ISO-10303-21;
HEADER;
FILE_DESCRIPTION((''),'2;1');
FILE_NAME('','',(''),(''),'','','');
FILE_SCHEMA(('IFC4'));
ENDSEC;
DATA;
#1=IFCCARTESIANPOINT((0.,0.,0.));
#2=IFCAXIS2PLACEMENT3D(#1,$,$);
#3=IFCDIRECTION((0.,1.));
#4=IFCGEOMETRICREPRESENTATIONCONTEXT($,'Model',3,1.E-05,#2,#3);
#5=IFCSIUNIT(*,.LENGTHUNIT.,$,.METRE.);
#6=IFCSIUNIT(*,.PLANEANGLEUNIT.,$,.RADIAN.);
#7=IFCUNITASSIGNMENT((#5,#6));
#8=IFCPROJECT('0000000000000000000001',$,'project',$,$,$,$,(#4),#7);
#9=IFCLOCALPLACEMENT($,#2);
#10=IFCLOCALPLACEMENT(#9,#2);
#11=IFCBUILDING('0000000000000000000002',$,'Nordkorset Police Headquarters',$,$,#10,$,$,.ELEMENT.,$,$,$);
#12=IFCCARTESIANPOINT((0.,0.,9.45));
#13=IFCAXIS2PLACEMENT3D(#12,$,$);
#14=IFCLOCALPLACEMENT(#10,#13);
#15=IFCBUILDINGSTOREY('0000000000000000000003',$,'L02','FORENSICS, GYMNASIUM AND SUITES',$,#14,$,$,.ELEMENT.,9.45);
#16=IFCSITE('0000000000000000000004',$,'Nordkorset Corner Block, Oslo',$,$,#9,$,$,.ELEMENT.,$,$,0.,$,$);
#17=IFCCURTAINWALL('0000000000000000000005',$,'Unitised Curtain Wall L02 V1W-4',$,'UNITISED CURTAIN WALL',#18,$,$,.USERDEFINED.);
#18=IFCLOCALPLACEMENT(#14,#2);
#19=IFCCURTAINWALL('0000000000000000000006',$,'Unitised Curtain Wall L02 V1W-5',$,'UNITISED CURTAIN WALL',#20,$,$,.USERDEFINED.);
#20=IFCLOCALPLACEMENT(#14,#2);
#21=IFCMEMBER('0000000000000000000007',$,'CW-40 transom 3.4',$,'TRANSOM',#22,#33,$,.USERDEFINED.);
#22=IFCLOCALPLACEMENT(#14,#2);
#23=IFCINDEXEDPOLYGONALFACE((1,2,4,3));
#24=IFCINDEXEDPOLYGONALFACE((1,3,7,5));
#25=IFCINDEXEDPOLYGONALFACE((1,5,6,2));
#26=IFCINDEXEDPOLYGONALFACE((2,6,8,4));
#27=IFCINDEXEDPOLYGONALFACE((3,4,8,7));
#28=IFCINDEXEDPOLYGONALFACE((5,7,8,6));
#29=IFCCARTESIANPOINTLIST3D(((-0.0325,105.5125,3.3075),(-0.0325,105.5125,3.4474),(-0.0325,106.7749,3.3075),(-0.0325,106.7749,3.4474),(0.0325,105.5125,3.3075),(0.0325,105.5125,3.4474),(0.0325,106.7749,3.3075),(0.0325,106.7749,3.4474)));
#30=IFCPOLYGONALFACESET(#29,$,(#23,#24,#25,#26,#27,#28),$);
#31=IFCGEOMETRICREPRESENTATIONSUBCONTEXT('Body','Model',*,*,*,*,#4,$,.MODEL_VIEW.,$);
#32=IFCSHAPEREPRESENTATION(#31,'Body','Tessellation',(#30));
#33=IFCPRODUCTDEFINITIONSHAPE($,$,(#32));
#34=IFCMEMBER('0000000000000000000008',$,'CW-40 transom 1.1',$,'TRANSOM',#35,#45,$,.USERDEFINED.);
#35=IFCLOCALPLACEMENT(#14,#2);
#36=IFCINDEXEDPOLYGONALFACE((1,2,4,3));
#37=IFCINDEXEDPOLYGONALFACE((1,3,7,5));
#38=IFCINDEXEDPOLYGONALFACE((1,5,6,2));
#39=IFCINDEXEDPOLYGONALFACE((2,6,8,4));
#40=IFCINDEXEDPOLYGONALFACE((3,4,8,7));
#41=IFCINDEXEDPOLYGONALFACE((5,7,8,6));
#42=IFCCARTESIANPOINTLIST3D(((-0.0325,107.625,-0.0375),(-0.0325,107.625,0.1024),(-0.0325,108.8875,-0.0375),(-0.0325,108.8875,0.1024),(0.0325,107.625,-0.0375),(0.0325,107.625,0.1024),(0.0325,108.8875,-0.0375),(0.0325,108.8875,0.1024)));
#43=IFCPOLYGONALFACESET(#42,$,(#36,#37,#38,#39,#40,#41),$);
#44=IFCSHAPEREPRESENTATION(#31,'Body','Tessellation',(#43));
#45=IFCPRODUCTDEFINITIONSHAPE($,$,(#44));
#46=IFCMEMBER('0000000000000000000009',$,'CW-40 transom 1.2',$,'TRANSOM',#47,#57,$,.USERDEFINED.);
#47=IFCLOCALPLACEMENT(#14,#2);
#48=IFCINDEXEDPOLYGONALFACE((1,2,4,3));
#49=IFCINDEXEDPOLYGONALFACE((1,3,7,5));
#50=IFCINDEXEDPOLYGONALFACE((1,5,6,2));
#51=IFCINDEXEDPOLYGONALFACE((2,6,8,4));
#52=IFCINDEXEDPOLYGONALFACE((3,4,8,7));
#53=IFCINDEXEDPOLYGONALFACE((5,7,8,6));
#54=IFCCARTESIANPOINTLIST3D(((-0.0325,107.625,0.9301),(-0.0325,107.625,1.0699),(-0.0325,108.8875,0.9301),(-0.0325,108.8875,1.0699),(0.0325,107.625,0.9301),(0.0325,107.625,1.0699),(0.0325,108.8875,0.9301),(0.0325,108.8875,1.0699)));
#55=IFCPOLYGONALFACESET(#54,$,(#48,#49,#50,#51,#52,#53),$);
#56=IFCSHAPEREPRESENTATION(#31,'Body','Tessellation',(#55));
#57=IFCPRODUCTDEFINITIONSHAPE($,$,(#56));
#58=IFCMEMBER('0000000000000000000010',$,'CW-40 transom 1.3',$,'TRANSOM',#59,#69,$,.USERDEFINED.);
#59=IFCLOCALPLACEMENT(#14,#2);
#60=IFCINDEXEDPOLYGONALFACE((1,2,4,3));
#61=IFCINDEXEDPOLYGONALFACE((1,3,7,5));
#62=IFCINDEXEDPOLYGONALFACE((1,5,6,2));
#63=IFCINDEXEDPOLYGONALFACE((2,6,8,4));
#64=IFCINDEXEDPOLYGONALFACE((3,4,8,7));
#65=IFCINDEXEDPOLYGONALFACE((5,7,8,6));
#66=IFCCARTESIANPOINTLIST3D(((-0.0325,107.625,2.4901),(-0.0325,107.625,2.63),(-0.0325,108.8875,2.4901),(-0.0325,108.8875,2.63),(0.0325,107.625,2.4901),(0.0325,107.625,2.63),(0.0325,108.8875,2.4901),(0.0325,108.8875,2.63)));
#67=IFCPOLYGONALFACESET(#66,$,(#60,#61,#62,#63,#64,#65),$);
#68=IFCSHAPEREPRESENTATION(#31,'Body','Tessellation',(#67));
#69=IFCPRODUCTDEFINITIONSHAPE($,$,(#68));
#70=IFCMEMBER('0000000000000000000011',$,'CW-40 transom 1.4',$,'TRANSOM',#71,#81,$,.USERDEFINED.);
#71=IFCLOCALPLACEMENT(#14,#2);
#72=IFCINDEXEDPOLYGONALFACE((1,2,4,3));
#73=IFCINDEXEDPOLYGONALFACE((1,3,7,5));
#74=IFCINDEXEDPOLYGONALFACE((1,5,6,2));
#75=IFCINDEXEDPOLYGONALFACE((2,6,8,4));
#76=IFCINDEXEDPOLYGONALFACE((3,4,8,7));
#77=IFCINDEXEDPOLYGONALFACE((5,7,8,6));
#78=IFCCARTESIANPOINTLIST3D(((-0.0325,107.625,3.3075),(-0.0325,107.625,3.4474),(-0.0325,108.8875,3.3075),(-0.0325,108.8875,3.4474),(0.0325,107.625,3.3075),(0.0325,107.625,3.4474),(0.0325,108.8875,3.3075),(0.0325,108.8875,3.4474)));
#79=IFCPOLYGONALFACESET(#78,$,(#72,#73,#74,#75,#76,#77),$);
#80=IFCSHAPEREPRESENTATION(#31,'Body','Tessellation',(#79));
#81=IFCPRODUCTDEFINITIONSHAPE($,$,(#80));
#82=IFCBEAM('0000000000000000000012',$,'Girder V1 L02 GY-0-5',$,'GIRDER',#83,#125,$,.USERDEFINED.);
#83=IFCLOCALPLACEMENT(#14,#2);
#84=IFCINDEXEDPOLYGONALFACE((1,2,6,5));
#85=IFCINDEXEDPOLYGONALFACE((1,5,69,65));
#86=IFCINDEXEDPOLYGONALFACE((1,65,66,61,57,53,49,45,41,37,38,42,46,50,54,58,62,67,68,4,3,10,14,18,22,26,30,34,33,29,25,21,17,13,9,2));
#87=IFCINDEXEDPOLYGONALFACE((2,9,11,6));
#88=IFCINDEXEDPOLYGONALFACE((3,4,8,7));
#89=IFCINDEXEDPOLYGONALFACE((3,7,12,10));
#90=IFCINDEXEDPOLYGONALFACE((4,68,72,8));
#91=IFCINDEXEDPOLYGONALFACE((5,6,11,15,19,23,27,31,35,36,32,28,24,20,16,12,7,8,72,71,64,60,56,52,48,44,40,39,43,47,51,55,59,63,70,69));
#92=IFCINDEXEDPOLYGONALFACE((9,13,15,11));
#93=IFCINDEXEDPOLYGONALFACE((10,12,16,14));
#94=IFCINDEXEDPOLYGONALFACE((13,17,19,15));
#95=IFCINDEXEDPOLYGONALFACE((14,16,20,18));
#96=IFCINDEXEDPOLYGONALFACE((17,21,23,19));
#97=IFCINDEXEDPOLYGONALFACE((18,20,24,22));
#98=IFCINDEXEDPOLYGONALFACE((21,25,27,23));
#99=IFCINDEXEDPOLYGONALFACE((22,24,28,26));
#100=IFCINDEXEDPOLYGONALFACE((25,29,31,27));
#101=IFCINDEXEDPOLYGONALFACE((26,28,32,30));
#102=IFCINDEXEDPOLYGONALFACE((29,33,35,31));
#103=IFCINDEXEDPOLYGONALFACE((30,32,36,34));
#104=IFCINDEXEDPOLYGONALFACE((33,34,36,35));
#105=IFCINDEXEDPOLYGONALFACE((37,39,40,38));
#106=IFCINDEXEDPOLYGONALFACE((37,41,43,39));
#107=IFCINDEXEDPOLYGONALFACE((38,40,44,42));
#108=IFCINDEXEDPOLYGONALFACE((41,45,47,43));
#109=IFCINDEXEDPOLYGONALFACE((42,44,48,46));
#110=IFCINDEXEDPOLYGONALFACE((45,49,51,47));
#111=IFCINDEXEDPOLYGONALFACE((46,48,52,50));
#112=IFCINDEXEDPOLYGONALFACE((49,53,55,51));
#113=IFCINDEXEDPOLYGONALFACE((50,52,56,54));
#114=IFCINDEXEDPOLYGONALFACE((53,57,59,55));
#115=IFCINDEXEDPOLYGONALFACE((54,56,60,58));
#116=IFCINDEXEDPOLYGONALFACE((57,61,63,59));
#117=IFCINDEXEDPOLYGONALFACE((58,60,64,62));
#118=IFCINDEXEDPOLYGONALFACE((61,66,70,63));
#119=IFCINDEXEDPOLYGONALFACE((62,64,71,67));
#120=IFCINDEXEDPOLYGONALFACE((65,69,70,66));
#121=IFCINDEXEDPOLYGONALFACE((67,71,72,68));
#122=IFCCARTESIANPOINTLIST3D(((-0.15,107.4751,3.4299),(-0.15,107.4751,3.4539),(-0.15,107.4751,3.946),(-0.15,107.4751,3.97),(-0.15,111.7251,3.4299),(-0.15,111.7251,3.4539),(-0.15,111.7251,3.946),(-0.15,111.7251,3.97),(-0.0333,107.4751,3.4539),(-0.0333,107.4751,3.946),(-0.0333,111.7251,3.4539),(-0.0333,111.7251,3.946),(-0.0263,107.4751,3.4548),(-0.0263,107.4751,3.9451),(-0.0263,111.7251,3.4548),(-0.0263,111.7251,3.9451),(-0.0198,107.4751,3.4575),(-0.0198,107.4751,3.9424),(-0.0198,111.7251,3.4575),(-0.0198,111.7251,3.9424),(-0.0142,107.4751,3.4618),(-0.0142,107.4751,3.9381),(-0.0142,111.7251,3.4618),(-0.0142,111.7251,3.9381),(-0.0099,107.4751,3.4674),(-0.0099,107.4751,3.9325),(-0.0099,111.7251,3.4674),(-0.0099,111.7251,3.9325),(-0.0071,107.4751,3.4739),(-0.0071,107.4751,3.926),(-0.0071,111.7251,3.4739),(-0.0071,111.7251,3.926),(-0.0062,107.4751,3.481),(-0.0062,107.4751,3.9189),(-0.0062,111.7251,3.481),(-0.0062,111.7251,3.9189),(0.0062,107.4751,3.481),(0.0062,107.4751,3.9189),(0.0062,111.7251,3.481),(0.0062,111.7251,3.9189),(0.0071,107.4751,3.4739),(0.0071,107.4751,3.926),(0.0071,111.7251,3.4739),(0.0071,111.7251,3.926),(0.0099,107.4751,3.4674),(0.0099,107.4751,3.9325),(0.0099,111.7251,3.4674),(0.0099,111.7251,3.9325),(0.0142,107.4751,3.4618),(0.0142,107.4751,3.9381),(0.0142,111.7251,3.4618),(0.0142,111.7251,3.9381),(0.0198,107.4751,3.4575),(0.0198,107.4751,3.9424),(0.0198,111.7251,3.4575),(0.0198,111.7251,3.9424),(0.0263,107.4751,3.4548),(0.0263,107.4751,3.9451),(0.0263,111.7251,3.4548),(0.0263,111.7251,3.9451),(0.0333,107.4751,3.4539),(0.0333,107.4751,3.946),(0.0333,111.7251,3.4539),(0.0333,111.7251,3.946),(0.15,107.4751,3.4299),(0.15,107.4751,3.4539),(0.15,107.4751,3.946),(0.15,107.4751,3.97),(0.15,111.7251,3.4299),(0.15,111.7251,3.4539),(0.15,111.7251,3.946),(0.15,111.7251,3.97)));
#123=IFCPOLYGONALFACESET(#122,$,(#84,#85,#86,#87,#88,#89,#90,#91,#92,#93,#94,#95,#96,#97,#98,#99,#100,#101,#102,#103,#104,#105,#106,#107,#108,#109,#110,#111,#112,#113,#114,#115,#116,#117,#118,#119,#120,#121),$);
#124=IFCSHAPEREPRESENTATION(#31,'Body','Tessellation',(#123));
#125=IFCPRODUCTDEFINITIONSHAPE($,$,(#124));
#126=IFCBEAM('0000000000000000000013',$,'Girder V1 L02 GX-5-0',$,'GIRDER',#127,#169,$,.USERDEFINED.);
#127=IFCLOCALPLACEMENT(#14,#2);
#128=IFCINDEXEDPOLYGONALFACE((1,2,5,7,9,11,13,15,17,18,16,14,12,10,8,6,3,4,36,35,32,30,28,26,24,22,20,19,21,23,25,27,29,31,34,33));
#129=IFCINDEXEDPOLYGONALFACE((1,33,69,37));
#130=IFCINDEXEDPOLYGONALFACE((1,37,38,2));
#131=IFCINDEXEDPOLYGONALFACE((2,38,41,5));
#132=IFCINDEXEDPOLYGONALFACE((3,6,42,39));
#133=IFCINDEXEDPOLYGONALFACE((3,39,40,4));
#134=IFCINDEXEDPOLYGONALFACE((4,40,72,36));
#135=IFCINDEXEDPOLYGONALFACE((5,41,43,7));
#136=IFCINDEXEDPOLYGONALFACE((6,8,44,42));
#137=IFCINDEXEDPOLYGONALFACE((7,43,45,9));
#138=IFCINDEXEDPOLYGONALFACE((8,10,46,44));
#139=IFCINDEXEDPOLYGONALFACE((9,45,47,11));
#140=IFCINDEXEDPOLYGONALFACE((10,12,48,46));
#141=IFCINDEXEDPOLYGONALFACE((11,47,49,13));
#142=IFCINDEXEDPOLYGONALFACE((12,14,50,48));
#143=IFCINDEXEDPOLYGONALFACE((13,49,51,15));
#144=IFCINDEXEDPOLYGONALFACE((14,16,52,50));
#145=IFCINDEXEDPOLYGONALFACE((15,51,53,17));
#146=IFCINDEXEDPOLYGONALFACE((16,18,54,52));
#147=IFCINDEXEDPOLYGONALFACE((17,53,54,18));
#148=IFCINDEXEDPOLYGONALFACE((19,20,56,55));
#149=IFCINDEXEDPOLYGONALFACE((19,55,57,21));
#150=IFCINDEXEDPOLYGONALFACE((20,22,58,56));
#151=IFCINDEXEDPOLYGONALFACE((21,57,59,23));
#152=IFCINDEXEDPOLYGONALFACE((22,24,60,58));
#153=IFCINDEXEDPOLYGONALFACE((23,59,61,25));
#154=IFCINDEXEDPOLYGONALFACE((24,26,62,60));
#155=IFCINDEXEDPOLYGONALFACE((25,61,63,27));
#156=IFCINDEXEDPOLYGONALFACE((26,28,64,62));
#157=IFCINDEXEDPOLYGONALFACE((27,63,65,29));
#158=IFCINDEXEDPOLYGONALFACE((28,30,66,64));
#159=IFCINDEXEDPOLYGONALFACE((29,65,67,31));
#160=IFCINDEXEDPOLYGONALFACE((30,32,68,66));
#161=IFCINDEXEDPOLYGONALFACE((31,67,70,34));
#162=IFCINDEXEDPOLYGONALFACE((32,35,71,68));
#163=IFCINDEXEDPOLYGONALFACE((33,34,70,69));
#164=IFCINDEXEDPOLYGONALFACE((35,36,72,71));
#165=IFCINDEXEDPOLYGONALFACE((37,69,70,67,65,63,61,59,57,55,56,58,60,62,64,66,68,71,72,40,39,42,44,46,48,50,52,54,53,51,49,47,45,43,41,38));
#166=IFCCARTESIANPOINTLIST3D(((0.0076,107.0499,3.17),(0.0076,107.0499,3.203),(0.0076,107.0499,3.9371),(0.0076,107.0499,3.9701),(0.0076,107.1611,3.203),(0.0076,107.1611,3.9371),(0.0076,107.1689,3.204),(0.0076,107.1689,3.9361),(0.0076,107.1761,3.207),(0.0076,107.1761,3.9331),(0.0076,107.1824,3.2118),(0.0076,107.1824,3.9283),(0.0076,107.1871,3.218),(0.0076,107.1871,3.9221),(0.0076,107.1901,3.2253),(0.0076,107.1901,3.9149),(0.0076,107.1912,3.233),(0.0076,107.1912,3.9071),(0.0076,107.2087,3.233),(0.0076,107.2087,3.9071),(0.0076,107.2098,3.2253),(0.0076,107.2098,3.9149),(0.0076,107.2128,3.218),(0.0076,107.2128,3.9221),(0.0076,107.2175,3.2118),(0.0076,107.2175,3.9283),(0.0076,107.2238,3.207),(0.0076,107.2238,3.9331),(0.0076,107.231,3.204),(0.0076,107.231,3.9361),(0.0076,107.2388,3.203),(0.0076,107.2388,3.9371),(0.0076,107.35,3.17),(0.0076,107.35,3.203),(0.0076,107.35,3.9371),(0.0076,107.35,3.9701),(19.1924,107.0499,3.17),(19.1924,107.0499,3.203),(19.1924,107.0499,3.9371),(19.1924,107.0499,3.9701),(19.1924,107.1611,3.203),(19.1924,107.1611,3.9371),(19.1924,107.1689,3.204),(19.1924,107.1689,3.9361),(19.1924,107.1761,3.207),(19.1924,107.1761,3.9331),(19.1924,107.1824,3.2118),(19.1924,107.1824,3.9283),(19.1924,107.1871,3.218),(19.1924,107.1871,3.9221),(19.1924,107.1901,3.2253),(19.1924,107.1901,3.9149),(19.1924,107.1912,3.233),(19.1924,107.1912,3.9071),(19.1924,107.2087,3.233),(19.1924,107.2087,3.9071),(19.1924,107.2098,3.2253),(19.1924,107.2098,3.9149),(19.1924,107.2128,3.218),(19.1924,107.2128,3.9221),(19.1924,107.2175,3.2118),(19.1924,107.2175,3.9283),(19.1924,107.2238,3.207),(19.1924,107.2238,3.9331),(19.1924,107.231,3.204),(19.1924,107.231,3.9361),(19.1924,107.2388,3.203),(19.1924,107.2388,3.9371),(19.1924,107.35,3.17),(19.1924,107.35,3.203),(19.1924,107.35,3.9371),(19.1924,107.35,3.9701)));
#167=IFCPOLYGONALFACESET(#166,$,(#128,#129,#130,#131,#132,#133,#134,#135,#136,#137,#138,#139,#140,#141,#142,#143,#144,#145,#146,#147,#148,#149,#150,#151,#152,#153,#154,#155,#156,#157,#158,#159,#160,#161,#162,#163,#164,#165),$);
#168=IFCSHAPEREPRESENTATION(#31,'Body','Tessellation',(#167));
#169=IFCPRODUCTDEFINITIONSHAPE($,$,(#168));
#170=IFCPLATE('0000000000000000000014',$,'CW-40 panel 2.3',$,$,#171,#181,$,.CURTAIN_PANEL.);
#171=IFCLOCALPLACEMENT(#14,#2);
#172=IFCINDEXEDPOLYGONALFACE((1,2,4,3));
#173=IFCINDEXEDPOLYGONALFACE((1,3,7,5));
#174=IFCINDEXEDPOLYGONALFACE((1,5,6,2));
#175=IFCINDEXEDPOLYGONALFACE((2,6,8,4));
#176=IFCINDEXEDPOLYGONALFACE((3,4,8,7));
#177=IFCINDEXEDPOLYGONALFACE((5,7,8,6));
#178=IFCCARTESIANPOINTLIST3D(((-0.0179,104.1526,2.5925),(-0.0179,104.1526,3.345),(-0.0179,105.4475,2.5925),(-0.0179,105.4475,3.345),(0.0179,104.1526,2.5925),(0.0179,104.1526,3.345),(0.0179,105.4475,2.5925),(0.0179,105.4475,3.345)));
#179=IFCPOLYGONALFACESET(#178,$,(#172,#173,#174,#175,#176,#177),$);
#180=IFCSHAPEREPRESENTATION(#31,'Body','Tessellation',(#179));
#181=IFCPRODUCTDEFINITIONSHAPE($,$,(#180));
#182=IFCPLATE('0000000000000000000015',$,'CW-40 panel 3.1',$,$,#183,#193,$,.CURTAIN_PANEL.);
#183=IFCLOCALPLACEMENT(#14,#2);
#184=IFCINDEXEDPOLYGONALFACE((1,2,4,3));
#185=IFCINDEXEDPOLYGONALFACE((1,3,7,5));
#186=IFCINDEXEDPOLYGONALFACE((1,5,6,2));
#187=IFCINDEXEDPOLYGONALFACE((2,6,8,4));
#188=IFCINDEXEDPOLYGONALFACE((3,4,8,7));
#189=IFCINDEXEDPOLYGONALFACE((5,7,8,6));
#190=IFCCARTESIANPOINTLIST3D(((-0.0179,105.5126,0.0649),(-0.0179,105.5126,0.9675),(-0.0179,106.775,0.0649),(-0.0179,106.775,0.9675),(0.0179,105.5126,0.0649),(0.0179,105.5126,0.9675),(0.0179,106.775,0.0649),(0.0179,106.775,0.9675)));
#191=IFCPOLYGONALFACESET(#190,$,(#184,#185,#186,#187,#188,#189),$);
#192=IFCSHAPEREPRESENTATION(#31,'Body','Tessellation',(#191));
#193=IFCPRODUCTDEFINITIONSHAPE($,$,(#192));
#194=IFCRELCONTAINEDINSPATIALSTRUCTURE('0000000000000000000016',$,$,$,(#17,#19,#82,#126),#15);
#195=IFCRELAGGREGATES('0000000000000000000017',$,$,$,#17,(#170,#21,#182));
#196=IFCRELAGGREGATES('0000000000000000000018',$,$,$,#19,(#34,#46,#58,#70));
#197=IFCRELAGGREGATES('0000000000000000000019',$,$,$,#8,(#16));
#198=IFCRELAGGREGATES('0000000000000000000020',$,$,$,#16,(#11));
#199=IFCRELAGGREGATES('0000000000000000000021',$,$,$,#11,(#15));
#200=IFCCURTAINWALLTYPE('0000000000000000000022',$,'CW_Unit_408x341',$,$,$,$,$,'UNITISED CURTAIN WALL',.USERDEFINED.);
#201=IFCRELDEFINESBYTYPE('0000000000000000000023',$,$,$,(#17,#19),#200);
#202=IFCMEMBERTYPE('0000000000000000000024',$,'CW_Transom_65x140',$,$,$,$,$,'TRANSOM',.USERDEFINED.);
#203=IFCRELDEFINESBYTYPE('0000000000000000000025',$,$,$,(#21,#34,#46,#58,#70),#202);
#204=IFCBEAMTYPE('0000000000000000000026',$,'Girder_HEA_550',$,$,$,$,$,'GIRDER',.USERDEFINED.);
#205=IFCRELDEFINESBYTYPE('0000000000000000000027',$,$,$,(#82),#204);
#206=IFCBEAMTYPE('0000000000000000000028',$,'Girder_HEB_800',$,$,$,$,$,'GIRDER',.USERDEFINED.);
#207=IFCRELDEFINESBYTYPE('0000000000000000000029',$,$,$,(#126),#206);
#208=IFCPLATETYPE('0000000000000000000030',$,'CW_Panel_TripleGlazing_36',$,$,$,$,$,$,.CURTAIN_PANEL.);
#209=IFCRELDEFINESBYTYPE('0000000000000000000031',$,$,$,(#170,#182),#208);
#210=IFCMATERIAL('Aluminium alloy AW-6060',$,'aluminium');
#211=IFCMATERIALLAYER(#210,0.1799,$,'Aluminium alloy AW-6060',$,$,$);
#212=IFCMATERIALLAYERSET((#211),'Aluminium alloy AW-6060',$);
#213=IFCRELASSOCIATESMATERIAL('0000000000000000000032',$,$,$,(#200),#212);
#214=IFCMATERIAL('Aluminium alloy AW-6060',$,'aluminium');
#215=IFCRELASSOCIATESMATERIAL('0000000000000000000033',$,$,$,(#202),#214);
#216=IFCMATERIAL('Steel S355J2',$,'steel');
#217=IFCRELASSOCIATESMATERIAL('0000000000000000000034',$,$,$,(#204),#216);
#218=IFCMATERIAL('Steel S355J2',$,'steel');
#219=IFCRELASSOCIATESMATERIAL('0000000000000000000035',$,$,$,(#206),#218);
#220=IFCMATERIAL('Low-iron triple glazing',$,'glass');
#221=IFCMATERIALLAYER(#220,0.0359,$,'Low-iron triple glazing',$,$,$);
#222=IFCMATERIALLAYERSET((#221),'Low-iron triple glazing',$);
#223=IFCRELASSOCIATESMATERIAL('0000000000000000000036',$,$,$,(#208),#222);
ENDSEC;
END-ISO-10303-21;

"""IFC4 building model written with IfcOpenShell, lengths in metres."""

from ifc_helpers import new_model, si_unit, direction, frame, origin, origin_2d, place, context, subcontext, project, spatial, rectangle, i_section, extrude, material, layer, layer_set, material_profile, profile_set, type_object, element, aggregate, save


model = new_model("IFC4")

# Units and contexts
model_context = context("Model", 3, precision=1e-05, world=origin(), true_north=direction((0.0, 1.0)))
body_context = subcontext(model_context, "Body", "Model", "MODEL_VIEW")
ifc_project = project(units=[si_unit("LENGTHUNIT", "METRE"), si_unit("PLANEANGLEUNIT", "RADIAN")], contexts=[model_context])

# Site, building, storey
site_placement = place(None, origin())
site = spatial("IfcSite", under=ifc_project, at=site_placement, Name="Nordkorset Corner Block, Oslo", CompositionType="ELEMENT", RefElevation=0.0)
building_placement = place(site_placement, origin())
building = spatial("IfcBuilding", under=site, at=building_placement, Name="Nordkorset Police Headquarters", CompositionType="ELEMENT")
storey_placement = place(building_placement, frame((0.0, 0.0, 9.45)))
storey = spatial("IfcBuildingStorey", under=building, at=storey_placement, Name="L02", Description="FORENSICS, GYMNASIUM AND SUITES", CompositionType="ELEMENT", Elevation=9.45)

# Curtain walls
ifc_material_1 = material(Name="Aluminium alloy AW-6060", Category="aluminium")
ifc_layer_1 = layer(ifc_material_1, 0.1799, Name="Aluminium alloy AW-6060")
ifc_layer_set_1 = layer_set([ifc_layer_1], Name="Aluminium alloy AW-6060")
curtain_wall_type = type_object("IfcCurtainWallType", Name="CW_Unit_408x341", ElementType="UNITISED CURTAIN WALL", PredefinedType="USERDEFINED", material=ifc_layer_set_1)
curtain_wall_1_placement = place(storey_placement, origin())
curtain_wall_1 = element("IfcCurtainWall", 1, at=curtain_wall_1_placement, inside=storey, type_object=curtain_wall_type, Name="Unitised Curtain Wall L02 V1W-4", ObjectType="UNITISED CURTAIN WALL", PredefinedType="USERDEFINED")
curtain_wall_2_placement = place(storey_placement, origin())
curtain_wall_2 = element("IfcCurtainWall", 2, at=curtain_wall_2_placement, inside=storey, type_object=curtain_wall_type, Name="Unitised Curtain Wall L02 V1W-5", ObjectType="UNITISED CURTAIN WALL", PredefinedType="USERDEFINED")

# Members
ifc_material_2 = material(Name="Aluminium alloy AW-6060", Category="aluminium")
ifc_material_profile_1 = material_profile(ifc_material_2, rectangle(XDim=0.0649, YDim=0.1399, at=origin_2d()), Name="ALU TRAN 65x140")
ifc_profile_set_1 = profile_set([ifc_material_profile_1], Name="Aluminium alloy AW-6060")
member_type_1 = type_object("IfcMemberType", Name="CW_Transom_65x140", ElementType="TRANSOM", PredefinedType="USERDEFINED", material=ifc_profile_set_1)
member_1_placement = place(storey_placement, frame((0.0, 105.5125, 3.3774), z_axis=(0.0, 1.0, 0.0), x_axis=(-1.0, 0.0, 0.0)))
member_1 = element("IfcMember", 3, at=member_1_placement, type_object=member_type_1, Name="CW-40 transom 3.4", ObjectType="TRANSOM", PredefinedType="USERDEFINED", context=body_context, shape_type="SweptSolid", body=[
    extrude(rectangle(XDim=0.0649, YDim=0.1399, at=origin_2d()), origin(), (0.0, 0.0, 1.0), 1.2625),
])
member_2_placement = place(storey_placement, frame((0.0, 107.625, 0.0325), z_axis=(0.0, 1.0, 0.0), x_axis=(-1.0, 0.0, 0.0)))
member_2 = element("IfcMember", 4, at=member_2_placement, type_object=member_type_1, Name="CW-40 transom 1.1", ObjectType="TRANSOM", PredefinedType="USERDEFINED", context=body_context, shape_type="SweptSolid", body=[
    extrude(rectangle(XDim=0.0649, YDim=0.1399, at=origin_2d()), origin(), (0.0, 0.0, 1.0), 1.2625),
])
member_3_placement = place(storey_placement, frame((0.0, 107.625, 1.0), z_axis=(0.0, 1.0, 0.0), x_axis=(-1.0, 0.0, 0.0)))
member_3 = element("IfcMember", 5, at=member_3_placement, type_object=member_type_1, Name="CW-40 transom 1.2", ObjectType="TRANSOM", PredefinedType="USERDEFINED", context=body_context, shape_type="SweptSolid", body=[
    extrude(rectangle(XDim=0.0649, YDim=0.1399, at=origin_2d()), origin(), (0.0, 0.0, 1.0), 1.2625),
])
member_4_placement = place(storey_placement, frame((0.0, 107.625, 2.5601), z_axis=(0.0, 1.0, 0.0), x_axis=(-1.0, 0.0, 0.0)))
member_4 = element("IfcMember", 6, at=member_4_placement, type_object=member_type_1, Name="CW-40 transom 1.3", ObjectType="TRANSOM", PredefinedType="USERDEFINED", context=body_context, shape_type="SweptSolid", body=[
    extrude(rectangle(XDim=0.0649, YDim=0.1399, at=origin_2d()), origin(), (0.0, 0.0, 1.0), 1.2625),
])
member_5_placement = place(storey_placement, frame((0.0, 107.625, 3.3774), z_axis=(0.0, 1.0, 0.0), x_axis=(-1.0, 0.0, 0.0)))
member_5 = element("IfcMember", 7, at=member_5_placement, type_object=member_type_1, Name="CW-40 transom 1.4", ObjectType="TRANSOM", PredefinedType="USERDEFINED", context=body_context, shape_type="SweptSolid", body=[
    extrude(rectangle(XDim=0.0649, YDim=0.1399, at=origin_2d()), origin(), (0.0, 0.0, 1.0), 1.2625),
])

# Beams
ifc_material_3 = material(Name="Steel S355J2", Category="steel")
ifc_material_profile_2 = material_profile(ifc_material_3, i_section(OverallWidth=0.3, OverallDepth=0.54, WebThickness=0.0125, FlangeThickness=0.0239, FilletRadius=0.0271, at=origin_2d()), Name="HEA 550")
ifc_profile_set_2 = profile_set([ifc_material_profile_2], Name="Steel S355J2")
beam_type_1 = type_object("IfcBeamType", Name="Girder_HEA_550", ElementType="GIRDER", PredefinedType="USERDEFINED", material=ifc_profile_set_2)
beam_1_placement = place(storey_placement, frame((0.0, 107.4751, 3.7), z_axis=(0.0, 1.0, 0.0), x_axis=(-1.0, 0.0, 0.0)))
element("IfcBeam", 8, at=beam_1_placement, inside=storey, type_object=beam_type_1, Name="Girder V1 L02 GY-0-5", ObjectType="GIRDER", PredefinedType="USERDEFINED", context=body_context, shape_type="SweptSolid", body=[
    extrude(i_section(OverallWidth=0.3, OverallDepth=0.54, WebThickness=0.0125, FlangeThickness=0.0239, FilletRadius=0.0271, at=origin_2d()), origin(), (0.0, 0.0, 1.0), 4.25),
])
ifc_material_4 = material(Name="Steel S355J2", Category="steel")
ifc_material_profile_3 = material_profile(ifc_material_4, i_section(OverallWidth=0.3, OverallDepth=0.8, WebThickness=0.0176, FlangeThickness=0.033, FilletRadius=0.03, at=origin_2d()), Name="HEB 800")
ifc_profile_set_3 = profile_set([ifc_material_profile_3], Name="Steel S355J2")
beam_type_2 = type_object("IfcBeamType", Name="Girder_HEB_800", ElementType="GIRDER", PredefinedType="USERDEFINED", material=ifc_profile_set_3)
beam_2_placement = place(storey_placement, frame((0.0076, 107.2, 3.5701), z_axis=(1.0, 0.0, 0.0), x_axis=(0.0, 1.0, 0.0)))
element("IfcBeam", 9, at=beam_2_placement, inside=storey, type_object=beam_type_2, Name="Girder V1 L02 GX-5-0", ObjectType="GIRDER", PredefinedType="USERDEFINED", context=body_context, shape_type="SweptSolid", body=[
    extrude(i_section(OverallWidth=0.3, OverallDepth=0.8, WebThickness=0.0176, FlangeThickness=0.033, FilletRadius=0.03, at=origin_2d()), origin(), (0.0, 0.0, 1.0), 19.1848),
])

# Plates
ifc_material_5 = material(Name="Low-iron triple glazing", Category="glass")
ifc_layer_2 = layer(ifc_material_5, 0.0359, Name="Low-iron triple glazing")
ifc_layer_set_2 = layer_set([ifc_layer_2], Name="Low-iron triple glazing")
plate_type = type_object("IfcPlateType", Name="CW_Panel_TripleGlazing_36", PredefinedType="CURTAIN_PANEL", material=ifc_layer_set_2)
plate_1_placement = place(storey_placement, frame((0.0, 104.8, 2.5925), z_axis=(0.0, 0.0, 1.0), x_axis=(0.0, 1.0, 0.0)))
plate_1 = element("IfcPlate", 10, at=plate_1_placement, type_object=plate_type, Name="CW-40 panel 2.3", PredefinedType="CURTAIN_PANEL", context=body_context, shape_type="SweptSolid", body=[
    extrude(rectangle(XDim=1.2949, YDim=0.0359, at=origin_2d()), origin(), (0.0, 0.0, 1.0), 0.7524),
])
plate_2_placement = place(storey_placement, frame((0.0, 106.1438, 0.0649), z_axis=(0.0, 0.0, 1.0), x_axis=(0.0, 1.0, 0.0)))
plate_2 = element("IfcPlate", 11, at=plate_2_placement, type_object=plate_type, Name="CW-40 panel 3.1", PredefinedType="CURTAIN_PANEL", context=body_context, shape_type="SweptSolid", body=[
    extrude(rectangle(XDim=1.2625, YDim=0.0359, at=origin_2d()), origin(), (0.0, 0.0, 1.0), 0.9026),
])
aggregate(curtain_wall_1, [plate_1, member_1, plate_2])
aggregate(curtain_wall_2, [member_2, member_3, member_4, member_5])

save(model, "model.ifc")
